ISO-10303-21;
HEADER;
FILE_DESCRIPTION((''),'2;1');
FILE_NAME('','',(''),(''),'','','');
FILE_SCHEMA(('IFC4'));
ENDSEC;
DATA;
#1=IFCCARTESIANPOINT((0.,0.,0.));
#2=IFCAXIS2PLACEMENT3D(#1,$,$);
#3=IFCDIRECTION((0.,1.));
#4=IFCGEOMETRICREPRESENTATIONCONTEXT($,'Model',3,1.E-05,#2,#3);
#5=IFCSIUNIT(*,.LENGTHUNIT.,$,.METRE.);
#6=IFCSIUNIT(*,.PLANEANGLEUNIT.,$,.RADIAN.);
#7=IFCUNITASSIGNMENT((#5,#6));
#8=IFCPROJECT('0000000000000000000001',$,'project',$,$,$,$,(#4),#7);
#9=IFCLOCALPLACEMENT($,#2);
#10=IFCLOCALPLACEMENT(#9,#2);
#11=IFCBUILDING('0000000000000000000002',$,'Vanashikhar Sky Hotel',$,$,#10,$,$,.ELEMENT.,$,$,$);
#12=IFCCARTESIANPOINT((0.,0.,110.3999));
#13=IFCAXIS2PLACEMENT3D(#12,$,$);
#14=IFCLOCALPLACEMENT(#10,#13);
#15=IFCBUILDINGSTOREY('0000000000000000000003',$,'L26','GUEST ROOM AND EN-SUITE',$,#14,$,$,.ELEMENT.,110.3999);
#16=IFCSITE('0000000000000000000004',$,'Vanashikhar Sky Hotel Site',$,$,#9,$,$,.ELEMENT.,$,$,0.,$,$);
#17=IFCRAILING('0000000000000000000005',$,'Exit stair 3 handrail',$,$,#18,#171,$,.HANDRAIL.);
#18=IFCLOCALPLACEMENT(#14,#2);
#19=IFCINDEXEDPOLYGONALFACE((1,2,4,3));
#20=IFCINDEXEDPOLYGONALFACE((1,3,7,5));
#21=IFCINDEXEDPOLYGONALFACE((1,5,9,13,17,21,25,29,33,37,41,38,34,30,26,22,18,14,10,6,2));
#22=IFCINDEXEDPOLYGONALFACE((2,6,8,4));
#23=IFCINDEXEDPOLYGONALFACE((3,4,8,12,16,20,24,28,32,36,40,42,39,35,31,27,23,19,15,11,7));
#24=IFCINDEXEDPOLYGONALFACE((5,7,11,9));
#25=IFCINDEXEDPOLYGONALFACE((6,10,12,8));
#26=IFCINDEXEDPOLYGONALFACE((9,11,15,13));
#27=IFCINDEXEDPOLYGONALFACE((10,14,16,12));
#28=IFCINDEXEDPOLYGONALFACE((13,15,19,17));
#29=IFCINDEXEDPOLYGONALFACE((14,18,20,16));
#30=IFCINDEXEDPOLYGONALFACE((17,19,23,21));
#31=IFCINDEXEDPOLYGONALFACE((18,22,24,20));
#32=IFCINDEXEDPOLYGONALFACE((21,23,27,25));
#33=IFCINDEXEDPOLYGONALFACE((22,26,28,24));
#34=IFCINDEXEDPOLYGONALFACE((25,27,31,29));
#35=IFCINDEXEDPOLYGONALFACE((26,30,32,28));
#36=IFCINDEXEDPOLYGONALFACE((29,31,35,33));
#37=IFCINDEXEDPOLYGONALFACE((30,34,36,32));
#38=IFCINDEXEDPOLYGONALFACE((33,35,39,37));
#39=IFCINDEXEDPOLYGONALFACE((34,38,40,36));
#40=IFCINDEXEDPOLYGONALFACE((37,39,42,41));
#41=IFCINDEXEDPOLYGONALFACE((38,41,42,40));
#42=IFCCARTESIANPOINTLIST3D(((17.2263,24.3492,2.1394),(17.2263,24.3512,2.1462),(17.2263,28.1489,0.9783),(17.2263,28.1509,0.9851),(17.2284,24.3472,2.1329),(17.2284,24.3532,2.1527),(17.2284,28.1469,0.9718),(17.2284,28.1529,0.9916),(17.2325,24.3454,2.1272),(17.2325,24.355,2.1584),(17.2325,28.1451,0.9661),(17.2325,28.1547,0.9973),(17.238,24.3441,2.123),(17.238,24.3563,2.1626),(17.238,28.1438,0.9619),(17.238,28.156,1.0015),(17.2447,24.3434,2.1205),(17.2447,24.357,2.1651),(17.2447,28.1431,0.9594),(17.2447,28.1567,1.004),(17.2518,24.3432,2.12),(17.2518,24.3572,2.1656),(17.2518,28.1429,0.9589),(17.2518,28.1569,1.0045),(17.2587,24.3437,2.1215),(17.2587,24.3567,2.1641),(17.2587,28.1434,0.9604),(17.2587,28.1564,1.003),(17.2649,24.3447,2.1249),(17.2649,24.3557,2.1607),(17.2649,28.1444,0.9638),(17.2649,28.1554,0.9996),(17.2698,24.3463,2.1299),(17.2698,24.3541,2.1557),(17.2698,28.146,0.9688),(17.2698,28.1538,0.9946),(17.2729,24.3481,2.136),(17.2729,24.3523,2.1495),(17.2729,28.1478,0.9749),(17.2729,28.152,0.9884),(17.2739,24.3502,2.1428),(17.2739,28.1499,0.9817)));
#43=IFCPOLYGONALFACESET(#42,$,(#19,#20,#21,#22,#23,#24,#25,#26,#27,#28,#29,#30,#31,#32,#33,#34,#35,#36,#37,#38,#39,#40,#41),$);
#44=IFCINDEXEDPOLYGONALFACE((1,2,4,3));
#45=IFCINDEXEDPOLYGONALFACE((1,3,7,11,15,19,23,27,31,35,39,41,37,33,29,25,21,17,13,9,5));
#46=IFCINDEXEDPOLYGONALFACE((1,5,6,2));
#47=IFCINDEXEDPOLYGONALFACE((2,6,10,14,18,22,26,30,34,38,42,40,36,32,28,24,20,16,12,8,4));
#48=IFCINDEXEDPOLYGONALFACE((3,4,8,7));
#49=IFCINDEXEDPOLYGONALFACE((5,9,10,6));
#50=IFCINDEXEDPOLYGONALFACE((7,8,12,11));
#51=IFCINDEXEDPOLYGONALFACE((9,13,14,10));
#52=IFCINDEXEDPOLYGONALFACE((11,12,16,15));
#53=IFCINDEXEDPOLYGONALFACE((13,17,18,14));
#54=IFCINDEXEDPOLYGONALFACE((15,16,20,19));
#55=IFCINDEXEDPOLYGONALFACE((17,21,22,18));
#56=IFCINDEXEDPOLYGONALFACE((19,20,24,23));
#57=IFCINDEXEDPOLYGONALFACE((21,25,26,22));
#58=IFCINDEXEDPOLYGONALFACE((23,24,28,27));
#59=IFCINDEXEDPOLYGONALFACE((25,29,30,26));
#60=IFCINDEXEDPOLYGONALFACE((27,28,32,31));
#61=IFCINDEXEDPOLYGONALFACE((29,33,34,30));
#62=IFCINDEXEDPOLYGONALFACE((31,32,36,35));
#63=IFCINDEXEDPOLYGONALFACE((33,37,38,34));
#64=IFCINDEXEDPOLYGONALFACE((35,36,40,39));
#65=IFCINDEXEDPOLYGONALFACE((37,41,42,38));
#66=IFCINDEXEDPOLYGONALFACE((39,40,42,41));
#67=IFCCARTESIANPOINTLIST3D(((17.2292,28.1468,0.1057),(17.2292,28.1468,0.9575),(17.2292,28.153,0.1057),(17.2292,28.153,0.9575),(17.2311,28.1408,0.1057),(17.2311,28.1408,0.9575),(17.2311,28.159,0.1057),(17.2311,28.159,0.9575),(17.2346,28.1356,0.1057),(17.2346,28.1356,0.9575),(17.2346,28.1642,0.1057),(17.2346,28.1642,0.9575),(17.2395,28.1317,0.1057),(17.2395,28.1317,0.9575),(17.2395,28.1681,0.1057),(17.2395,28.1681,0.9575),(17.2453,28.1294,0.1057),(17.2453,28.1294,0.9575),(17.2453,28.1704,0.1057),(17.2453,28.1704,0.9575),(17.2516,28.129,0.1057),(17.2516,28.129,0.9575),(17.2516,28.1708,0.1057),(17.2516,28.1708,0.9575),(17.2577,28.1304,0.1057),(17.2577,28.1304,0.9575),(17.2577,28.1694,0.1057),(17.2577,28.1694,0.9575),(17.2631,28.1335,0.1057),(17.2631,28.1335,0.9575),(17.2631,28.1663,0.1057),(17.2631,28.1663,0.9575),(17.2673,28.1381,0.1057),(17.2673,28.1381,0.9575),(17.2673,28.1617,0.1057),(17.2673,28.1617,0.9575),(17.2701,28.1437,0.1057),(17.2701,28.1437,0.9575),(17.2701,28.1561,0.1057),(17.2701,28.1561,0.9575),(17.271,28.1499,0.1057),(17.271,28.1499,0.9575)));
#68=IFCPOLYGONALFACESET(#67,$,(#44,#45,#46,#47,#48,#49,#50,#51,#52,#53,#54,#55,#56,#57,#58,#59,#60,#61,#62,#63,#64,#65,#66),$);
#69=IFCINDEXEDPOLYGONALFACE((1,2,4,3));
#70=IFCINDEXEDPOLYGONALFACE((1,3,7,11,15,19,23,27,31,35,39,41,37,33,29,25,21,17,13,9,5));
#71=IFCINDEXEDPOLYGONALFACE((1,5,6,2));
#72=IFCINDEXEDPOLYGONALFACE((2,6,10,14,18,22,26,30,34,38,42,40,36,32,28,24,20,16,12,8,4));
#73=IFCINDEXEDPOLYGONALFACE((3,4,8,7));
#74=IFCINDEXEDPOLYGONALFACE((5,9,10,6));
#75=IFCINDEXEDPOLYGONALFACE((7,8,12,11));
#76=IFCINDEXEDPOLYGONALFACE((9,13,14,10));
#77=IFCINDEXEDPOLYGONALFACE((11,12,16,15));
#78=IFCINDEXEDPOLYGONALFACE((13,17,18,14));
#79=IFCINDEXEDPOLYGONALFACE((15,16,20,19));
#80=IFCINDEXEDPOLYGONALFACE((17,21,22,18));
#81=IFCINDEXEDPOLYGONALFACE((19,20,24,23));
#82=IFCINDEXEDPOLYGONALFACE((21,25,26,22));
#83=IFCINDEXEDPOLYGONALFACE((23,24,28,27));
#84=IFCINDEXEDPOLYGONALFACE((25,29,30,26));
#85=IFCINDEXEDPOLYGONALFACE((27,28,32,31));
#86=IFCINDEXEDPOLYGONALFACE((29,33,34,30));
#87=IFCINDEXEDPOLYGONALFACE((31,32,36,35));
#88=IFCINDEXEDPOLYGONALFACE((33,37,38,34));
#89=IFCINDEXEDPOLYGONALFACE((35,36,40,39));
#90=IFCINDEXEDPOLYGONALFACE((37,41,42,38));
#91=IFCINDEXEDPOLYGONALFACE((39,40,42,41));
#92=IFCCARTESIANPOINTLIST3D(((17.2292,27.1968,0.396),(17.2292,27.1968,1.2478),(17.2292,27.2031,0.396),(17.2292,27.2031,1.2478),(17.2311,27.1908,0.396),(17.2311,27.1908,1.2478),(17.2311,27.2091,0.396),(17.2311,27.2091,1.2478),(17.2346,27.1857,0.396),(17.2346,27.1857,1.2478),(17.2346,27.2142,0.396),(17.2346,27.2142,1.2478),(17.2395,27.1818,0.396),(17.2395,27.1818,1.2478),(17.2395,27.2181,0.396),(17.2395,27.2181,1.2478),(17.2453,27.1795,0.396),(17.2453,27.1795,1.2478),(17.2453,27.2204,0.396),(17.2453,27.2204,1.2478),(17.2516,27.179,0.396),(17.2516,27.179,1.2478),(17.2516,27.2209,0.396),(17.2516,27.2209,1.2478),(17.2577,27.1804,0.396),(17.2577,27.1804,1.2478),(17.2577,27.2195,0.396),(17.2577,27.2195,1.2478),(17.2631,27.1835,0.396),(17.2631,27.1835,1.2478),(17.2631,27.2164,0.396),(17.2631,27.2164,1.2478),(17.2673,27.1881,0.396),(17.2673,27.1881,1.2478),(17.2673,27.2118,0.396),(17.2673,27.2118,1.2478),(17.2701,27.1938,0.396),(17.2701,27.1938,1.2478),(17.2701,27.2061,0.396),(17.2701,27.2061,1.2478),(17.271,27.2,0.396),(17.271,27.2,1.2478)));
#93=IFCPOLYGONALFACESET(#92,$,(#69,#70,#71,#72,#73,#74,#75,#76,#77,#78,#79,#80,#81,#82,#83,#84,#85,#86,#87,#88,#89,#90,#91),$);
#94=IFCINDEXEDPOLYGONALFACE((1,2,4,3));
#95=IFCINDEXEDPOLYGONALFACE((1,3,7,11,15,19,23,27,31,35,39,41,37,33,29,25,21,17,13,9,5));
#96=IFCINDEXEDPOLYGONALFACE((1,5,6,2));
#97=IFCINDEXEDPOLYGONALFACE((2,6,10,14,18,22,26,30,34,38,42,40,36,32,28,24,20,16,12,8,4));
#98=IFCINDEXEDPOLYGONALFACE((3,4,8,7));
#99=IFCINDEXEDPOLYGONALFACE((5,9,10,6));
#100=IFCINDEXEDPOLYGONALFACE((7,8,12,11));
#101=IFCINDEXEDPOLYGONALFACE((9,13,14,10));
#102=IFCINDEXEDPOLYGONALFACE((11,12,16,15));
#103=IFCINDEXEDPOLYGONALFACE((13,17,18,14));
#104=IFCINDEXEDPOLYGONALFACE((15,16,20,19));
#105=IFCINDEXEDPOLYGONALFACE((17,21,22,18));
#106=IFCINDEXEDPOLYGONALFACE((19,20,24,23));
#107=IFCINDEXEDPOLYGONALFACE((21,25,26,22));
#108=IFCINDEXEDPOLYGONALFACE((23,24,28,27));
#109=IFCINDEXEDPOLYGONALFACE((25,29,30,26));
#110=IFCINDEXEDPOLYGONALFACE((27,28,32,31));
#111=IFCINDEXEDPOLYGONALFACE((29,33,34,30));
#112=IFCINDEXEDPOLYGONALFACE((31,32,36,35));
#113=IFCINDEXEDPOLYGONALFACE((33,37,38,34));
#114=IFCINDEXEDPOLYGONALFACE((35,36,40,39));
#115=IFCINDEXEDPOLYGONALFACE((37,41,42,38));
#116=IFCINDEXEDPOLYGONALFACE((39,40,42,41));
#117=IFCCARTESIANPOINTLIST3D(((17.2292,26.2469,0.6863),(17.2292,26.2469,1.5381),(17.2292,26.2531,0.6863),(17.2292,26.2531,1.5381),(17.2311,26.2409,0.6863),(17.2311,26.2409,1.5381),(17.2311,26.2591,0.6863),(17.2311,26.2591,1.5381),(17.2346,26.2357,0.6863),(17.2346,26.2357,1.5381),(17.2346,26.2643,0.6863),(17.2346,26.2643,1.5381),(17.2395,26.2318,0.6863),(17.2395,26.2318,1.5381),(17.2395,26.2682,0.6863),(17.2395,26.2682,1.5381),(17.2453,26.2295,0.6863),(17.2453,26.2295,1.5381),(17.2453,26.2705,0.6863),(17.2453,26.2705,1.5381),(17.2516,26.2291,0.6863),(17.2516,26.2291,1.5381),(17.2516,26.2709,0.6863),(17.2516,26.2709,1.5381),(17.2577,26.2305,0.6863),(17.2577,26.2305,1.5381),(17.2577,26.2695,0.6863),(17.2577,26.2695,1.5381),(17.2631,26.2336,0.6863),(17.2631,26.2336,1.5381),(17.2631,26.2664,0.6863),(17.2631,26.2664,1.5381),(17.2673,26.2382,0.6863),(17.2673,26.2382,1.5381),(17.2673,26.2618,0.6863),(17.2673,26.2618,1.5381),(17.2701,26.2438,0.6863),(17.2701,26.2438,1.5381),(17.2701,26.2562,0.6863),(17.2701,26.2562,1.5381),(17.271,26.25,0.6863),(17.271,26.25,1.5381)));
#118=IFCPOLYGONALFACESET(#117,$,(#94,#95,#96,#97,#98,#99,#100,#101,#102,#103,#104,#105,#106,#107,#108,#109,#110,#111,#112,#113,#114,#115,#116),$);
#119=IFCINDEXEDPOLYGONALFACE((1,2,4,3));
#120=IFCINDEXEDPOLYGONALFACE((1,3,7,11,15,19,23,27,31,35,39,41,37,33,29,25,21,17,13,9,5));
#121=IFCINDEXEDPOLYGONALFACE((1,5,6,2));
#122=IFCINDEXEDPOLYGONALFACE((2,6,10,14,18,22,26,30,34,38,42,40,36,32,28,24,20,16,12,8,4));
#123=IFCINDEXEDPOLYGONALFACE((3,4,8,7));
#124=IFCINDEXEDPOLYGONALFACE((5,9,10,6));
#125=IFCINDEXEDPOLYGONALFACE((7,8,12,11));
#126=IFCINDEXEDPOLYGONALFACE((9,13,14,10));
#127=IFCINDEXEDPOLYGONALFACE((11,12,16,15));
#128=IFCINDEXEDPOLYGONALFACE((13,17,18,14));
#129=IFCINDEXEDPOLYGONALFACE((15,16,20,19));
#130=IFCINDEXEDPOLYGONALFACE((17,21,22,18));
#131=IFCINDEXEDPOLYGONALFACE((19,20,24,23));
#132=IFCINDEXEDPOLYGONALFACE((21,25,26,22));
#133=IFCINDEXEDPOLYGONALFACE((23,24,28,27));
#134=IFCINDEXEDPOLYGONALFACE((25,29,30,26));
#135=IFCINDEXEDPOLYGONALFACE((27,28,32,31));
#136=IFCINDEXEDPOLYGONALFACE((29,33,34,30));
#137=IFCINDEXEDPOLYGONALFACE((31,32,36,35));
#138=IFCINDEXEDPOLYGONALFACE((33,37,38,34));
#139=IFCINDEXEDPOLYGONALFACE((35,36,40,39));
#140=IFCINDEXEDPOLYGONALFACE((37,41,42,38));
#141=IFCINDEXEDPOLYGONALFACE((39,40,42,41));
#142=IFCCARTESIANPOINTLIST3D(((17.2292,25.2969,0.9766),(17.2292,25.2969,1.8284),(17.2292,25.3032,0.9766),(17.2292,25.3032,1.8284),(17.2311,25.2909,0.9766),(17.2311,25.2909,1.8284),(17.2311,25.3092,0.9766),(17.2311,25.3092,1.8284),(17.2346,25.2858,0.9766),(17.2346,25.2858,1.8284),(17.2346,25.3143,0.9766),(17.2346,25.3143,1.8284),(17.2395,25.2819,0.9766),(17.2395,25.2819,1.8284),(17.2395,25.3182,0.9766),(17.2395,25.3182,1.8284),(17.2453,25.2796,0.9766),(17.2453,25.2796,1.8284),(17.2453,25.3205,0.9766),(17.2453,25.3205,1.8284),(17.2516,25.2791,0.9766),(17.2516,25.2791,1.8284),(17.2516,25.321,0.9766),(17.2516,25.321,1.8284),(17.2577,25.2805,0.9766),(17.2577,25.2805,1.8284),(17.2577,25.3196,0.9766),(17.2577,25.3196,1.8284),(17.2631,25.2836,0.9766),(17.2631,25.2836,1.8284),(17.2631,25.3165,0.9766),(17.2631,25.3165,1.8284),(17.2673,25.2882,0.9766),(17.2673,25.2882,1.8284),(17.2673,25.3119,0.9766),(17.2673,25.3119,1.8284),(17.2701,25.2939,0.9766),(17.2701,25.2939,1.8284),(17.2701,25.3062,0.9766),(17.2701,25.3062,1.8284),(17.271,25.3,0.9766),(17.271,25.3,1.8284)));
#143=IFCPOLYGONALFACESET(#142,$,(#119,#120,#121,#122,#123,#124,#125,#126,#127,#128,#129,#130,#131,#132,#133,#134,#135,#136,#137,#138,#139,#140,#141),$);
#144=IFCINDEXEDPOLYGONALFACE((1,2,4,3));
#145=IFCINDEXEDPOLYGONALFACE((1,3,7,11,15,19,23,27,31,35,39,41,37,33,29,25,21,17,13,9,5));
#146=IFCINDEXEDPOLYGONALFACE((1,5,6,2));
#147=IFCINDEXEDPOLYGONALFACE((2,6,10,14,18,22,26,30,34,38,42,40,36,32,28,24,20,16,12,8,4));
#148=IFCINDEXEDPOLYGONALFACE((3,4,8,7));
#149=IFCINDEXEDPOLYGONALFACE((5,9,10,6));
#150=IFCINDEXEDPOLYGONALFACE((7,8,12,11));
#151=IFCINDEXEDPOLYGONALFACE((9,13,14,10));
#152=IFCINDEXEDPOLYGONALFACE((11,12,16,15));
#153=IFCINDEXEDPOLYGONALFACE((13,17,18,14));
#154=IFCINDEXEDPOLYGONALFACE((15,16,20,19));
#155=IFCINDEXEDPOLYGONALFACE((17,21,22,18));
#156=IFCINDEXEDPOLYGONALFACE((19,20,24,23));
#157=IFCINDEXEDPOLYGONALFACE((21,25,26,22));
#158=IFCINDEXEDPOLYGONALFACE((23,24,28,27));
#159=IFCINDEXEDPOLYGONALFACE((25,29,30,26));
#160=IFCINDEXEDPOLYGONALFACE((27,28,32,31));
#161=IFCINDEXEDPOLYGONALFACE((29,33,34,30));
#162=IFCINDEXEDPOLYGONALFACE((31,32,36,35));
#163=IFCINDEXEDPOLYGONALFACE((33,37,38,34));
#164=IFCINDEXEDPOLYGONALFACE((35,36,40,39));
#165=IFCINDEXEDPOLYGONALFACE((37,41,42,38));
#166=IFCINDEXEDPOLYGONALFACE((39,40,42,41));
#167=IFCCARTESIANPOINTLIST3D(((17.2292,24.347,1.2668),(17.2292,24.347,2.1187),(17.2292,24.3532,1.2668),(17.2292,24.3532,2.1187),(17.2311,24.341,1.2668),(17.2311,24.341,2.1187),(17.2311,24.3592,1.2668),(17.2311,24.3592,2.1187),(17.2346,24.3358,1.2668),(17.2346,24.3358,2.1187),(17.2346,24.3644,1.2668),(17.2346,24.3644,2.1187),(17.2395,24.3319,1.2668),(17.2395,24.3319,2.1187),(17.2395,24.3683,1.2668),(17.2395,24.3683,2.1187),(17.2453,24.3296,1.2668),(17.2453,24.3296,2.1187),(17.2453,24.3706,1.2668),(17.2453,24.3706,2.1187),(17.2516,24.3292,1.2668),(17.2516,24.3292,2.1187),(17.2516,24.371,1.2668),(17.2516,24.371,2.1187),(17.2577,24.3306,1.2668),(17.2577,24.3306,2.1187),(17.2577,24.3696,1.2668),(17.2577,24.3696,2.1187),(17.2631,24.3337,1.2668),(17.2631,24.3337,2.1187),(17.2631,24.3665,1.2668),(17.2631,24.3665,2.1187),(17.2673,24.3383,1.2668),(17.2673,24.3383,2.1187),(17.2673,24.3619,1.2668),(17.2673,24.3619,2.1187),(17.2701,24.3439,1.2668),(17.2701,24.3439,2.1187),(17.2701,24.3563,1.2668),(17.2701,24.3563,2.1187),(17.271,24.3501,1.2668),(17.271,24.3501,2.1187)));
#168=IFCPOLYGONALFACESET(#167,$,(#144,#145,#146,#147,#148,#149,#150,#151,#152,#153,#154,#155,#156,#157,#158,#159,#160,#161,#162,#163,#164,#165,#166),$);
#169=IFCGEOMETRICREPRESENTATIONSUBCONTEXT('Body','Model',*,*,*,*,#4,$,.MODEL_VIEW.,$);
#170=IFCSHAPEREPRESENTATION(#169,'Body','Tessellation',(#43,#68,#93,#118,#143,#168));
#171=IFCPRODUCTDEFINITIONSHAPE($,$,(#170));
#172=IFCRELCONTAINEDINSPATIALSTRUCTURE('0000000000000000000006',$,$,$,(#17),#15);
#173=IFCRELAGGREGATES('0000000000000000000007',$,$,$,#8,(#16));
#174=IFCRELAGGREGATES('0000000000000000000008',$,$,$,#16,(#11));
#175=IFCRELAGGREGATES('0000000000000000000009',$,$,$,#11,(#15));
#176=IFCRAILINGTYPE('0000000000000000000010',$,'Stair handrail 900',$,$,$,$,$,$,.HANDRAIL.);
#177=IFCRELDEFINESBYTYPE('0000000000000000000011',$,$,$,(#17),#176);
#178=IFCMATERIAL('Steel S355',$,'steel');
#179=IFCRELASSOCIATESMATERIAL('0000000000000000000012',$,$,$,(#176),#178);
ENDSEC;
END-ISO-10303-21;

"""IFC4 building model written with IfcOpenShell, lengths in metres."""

from ifc_helpers import new_model, si_unit, direction, frame, origin, origin_2d, place, context, subcontext, project, spatial, circle, extrude, source, transform, mapped, material, type_object, element, save


model = new_model("IFC4")

# Units and contexts
model_context = context("Model", 3, precision=1e-05, world=origin(), true_north=direction((0.0, 1.0)))
body_context = subcontext(model_context, "Body", "Model", "MODEL_VIEW")
ifc_project = project(units=[si_unit("LENGTHUNIT", "METRE"), si_unit("PLANEANGLEUNIT", "RADIAN")], contexts=[model_context])

# Site, building, storey
site_placement = place(None, origin())
site = spatial("IfcSite", under=ifc_project, at=site_placement, Name="Vanashikhar Sky Hotel Site", CompositionType="ELEMENT", RefElevation=0.0)
building_placement = place(site_placement, origin())
building = spatial("IfcBuilding", under=site, at=building_placement, Name="Vanashikhar Sky Hotel", CompositionType="ELEMENT")
storey_placement = place(building_placement, frame((0.0, 0.0, 110.3999)))
storey = spatial("IfcBuildingStorey", under=building, at=storey_placement, Name="L26", Description="GUEST ROOM AND EN-SUITE", CompositionType="ELEMENT", Elevation=110.3999)

# Railing
ifc_material_1 = material(Name="Steel S355", Category="steel")
railing_type = type_object("IfcRailingType", Name="Stair handrail 900", PredefinedType="HANDRAIL", material=ifc_material_1)
shared_shape_1 = source(origin(), body_context, "Body", "SweptSolid", [
    extrude(circle(Radius=0.0239, at=origin_2d()), frame((0.0, 0.0, 0.876), z_axis=(0.0, -0.956346, 0.292237), x_axis=(1.0, 0.0, 0.0)), (0.0, 0.0, 1.0), 3.9731),
    extrude(circle(Radius=0.021, at=origin_2d()), origin(), (0.0, 0.0, 1.0), 0.8518),
    extrude(circle(Radius=0.021, at=origin_2d()), frame((0.0, -0.95, 0.2903)), (0.0, 0.0, 1.0), 0.8518),
    extrude(circle(Radius=0.021, at=origin_2d()), frame((0.0, -1.8999, 0.5806)), (0.0, 0.0, 1.0), 0.8518),
    extrude(circle(Radius=0.021, at=origin_2d()), frame((0.0, -2.8499, 0.8708)), (0.0, 0.0, 1.0), 0.8518),
    extrude(circle(Radius=0.021, at=origin_2d()), frame((0.0, -3.7998, 1.1611)), (0.0, 0.0, 1.0), 0.8518),
])
for number, where, name in (
    (1, (17.25, 28.1499, 0.1057), "Exit stair 3 handrail"),
):
    element("IfcRailing", number, at=place(storey_placement, frame(where)), inside=storey, type_object=railing_type, Name=name, PredefinedType="HANDRAIL", context=body_context, shape_type="MappedRepresentation", body=[
        mapped(shared_shape_1, transform((0.0, 0.0, 0.0), scale=1.0)),
    ])

save(model, "model.ifc")
